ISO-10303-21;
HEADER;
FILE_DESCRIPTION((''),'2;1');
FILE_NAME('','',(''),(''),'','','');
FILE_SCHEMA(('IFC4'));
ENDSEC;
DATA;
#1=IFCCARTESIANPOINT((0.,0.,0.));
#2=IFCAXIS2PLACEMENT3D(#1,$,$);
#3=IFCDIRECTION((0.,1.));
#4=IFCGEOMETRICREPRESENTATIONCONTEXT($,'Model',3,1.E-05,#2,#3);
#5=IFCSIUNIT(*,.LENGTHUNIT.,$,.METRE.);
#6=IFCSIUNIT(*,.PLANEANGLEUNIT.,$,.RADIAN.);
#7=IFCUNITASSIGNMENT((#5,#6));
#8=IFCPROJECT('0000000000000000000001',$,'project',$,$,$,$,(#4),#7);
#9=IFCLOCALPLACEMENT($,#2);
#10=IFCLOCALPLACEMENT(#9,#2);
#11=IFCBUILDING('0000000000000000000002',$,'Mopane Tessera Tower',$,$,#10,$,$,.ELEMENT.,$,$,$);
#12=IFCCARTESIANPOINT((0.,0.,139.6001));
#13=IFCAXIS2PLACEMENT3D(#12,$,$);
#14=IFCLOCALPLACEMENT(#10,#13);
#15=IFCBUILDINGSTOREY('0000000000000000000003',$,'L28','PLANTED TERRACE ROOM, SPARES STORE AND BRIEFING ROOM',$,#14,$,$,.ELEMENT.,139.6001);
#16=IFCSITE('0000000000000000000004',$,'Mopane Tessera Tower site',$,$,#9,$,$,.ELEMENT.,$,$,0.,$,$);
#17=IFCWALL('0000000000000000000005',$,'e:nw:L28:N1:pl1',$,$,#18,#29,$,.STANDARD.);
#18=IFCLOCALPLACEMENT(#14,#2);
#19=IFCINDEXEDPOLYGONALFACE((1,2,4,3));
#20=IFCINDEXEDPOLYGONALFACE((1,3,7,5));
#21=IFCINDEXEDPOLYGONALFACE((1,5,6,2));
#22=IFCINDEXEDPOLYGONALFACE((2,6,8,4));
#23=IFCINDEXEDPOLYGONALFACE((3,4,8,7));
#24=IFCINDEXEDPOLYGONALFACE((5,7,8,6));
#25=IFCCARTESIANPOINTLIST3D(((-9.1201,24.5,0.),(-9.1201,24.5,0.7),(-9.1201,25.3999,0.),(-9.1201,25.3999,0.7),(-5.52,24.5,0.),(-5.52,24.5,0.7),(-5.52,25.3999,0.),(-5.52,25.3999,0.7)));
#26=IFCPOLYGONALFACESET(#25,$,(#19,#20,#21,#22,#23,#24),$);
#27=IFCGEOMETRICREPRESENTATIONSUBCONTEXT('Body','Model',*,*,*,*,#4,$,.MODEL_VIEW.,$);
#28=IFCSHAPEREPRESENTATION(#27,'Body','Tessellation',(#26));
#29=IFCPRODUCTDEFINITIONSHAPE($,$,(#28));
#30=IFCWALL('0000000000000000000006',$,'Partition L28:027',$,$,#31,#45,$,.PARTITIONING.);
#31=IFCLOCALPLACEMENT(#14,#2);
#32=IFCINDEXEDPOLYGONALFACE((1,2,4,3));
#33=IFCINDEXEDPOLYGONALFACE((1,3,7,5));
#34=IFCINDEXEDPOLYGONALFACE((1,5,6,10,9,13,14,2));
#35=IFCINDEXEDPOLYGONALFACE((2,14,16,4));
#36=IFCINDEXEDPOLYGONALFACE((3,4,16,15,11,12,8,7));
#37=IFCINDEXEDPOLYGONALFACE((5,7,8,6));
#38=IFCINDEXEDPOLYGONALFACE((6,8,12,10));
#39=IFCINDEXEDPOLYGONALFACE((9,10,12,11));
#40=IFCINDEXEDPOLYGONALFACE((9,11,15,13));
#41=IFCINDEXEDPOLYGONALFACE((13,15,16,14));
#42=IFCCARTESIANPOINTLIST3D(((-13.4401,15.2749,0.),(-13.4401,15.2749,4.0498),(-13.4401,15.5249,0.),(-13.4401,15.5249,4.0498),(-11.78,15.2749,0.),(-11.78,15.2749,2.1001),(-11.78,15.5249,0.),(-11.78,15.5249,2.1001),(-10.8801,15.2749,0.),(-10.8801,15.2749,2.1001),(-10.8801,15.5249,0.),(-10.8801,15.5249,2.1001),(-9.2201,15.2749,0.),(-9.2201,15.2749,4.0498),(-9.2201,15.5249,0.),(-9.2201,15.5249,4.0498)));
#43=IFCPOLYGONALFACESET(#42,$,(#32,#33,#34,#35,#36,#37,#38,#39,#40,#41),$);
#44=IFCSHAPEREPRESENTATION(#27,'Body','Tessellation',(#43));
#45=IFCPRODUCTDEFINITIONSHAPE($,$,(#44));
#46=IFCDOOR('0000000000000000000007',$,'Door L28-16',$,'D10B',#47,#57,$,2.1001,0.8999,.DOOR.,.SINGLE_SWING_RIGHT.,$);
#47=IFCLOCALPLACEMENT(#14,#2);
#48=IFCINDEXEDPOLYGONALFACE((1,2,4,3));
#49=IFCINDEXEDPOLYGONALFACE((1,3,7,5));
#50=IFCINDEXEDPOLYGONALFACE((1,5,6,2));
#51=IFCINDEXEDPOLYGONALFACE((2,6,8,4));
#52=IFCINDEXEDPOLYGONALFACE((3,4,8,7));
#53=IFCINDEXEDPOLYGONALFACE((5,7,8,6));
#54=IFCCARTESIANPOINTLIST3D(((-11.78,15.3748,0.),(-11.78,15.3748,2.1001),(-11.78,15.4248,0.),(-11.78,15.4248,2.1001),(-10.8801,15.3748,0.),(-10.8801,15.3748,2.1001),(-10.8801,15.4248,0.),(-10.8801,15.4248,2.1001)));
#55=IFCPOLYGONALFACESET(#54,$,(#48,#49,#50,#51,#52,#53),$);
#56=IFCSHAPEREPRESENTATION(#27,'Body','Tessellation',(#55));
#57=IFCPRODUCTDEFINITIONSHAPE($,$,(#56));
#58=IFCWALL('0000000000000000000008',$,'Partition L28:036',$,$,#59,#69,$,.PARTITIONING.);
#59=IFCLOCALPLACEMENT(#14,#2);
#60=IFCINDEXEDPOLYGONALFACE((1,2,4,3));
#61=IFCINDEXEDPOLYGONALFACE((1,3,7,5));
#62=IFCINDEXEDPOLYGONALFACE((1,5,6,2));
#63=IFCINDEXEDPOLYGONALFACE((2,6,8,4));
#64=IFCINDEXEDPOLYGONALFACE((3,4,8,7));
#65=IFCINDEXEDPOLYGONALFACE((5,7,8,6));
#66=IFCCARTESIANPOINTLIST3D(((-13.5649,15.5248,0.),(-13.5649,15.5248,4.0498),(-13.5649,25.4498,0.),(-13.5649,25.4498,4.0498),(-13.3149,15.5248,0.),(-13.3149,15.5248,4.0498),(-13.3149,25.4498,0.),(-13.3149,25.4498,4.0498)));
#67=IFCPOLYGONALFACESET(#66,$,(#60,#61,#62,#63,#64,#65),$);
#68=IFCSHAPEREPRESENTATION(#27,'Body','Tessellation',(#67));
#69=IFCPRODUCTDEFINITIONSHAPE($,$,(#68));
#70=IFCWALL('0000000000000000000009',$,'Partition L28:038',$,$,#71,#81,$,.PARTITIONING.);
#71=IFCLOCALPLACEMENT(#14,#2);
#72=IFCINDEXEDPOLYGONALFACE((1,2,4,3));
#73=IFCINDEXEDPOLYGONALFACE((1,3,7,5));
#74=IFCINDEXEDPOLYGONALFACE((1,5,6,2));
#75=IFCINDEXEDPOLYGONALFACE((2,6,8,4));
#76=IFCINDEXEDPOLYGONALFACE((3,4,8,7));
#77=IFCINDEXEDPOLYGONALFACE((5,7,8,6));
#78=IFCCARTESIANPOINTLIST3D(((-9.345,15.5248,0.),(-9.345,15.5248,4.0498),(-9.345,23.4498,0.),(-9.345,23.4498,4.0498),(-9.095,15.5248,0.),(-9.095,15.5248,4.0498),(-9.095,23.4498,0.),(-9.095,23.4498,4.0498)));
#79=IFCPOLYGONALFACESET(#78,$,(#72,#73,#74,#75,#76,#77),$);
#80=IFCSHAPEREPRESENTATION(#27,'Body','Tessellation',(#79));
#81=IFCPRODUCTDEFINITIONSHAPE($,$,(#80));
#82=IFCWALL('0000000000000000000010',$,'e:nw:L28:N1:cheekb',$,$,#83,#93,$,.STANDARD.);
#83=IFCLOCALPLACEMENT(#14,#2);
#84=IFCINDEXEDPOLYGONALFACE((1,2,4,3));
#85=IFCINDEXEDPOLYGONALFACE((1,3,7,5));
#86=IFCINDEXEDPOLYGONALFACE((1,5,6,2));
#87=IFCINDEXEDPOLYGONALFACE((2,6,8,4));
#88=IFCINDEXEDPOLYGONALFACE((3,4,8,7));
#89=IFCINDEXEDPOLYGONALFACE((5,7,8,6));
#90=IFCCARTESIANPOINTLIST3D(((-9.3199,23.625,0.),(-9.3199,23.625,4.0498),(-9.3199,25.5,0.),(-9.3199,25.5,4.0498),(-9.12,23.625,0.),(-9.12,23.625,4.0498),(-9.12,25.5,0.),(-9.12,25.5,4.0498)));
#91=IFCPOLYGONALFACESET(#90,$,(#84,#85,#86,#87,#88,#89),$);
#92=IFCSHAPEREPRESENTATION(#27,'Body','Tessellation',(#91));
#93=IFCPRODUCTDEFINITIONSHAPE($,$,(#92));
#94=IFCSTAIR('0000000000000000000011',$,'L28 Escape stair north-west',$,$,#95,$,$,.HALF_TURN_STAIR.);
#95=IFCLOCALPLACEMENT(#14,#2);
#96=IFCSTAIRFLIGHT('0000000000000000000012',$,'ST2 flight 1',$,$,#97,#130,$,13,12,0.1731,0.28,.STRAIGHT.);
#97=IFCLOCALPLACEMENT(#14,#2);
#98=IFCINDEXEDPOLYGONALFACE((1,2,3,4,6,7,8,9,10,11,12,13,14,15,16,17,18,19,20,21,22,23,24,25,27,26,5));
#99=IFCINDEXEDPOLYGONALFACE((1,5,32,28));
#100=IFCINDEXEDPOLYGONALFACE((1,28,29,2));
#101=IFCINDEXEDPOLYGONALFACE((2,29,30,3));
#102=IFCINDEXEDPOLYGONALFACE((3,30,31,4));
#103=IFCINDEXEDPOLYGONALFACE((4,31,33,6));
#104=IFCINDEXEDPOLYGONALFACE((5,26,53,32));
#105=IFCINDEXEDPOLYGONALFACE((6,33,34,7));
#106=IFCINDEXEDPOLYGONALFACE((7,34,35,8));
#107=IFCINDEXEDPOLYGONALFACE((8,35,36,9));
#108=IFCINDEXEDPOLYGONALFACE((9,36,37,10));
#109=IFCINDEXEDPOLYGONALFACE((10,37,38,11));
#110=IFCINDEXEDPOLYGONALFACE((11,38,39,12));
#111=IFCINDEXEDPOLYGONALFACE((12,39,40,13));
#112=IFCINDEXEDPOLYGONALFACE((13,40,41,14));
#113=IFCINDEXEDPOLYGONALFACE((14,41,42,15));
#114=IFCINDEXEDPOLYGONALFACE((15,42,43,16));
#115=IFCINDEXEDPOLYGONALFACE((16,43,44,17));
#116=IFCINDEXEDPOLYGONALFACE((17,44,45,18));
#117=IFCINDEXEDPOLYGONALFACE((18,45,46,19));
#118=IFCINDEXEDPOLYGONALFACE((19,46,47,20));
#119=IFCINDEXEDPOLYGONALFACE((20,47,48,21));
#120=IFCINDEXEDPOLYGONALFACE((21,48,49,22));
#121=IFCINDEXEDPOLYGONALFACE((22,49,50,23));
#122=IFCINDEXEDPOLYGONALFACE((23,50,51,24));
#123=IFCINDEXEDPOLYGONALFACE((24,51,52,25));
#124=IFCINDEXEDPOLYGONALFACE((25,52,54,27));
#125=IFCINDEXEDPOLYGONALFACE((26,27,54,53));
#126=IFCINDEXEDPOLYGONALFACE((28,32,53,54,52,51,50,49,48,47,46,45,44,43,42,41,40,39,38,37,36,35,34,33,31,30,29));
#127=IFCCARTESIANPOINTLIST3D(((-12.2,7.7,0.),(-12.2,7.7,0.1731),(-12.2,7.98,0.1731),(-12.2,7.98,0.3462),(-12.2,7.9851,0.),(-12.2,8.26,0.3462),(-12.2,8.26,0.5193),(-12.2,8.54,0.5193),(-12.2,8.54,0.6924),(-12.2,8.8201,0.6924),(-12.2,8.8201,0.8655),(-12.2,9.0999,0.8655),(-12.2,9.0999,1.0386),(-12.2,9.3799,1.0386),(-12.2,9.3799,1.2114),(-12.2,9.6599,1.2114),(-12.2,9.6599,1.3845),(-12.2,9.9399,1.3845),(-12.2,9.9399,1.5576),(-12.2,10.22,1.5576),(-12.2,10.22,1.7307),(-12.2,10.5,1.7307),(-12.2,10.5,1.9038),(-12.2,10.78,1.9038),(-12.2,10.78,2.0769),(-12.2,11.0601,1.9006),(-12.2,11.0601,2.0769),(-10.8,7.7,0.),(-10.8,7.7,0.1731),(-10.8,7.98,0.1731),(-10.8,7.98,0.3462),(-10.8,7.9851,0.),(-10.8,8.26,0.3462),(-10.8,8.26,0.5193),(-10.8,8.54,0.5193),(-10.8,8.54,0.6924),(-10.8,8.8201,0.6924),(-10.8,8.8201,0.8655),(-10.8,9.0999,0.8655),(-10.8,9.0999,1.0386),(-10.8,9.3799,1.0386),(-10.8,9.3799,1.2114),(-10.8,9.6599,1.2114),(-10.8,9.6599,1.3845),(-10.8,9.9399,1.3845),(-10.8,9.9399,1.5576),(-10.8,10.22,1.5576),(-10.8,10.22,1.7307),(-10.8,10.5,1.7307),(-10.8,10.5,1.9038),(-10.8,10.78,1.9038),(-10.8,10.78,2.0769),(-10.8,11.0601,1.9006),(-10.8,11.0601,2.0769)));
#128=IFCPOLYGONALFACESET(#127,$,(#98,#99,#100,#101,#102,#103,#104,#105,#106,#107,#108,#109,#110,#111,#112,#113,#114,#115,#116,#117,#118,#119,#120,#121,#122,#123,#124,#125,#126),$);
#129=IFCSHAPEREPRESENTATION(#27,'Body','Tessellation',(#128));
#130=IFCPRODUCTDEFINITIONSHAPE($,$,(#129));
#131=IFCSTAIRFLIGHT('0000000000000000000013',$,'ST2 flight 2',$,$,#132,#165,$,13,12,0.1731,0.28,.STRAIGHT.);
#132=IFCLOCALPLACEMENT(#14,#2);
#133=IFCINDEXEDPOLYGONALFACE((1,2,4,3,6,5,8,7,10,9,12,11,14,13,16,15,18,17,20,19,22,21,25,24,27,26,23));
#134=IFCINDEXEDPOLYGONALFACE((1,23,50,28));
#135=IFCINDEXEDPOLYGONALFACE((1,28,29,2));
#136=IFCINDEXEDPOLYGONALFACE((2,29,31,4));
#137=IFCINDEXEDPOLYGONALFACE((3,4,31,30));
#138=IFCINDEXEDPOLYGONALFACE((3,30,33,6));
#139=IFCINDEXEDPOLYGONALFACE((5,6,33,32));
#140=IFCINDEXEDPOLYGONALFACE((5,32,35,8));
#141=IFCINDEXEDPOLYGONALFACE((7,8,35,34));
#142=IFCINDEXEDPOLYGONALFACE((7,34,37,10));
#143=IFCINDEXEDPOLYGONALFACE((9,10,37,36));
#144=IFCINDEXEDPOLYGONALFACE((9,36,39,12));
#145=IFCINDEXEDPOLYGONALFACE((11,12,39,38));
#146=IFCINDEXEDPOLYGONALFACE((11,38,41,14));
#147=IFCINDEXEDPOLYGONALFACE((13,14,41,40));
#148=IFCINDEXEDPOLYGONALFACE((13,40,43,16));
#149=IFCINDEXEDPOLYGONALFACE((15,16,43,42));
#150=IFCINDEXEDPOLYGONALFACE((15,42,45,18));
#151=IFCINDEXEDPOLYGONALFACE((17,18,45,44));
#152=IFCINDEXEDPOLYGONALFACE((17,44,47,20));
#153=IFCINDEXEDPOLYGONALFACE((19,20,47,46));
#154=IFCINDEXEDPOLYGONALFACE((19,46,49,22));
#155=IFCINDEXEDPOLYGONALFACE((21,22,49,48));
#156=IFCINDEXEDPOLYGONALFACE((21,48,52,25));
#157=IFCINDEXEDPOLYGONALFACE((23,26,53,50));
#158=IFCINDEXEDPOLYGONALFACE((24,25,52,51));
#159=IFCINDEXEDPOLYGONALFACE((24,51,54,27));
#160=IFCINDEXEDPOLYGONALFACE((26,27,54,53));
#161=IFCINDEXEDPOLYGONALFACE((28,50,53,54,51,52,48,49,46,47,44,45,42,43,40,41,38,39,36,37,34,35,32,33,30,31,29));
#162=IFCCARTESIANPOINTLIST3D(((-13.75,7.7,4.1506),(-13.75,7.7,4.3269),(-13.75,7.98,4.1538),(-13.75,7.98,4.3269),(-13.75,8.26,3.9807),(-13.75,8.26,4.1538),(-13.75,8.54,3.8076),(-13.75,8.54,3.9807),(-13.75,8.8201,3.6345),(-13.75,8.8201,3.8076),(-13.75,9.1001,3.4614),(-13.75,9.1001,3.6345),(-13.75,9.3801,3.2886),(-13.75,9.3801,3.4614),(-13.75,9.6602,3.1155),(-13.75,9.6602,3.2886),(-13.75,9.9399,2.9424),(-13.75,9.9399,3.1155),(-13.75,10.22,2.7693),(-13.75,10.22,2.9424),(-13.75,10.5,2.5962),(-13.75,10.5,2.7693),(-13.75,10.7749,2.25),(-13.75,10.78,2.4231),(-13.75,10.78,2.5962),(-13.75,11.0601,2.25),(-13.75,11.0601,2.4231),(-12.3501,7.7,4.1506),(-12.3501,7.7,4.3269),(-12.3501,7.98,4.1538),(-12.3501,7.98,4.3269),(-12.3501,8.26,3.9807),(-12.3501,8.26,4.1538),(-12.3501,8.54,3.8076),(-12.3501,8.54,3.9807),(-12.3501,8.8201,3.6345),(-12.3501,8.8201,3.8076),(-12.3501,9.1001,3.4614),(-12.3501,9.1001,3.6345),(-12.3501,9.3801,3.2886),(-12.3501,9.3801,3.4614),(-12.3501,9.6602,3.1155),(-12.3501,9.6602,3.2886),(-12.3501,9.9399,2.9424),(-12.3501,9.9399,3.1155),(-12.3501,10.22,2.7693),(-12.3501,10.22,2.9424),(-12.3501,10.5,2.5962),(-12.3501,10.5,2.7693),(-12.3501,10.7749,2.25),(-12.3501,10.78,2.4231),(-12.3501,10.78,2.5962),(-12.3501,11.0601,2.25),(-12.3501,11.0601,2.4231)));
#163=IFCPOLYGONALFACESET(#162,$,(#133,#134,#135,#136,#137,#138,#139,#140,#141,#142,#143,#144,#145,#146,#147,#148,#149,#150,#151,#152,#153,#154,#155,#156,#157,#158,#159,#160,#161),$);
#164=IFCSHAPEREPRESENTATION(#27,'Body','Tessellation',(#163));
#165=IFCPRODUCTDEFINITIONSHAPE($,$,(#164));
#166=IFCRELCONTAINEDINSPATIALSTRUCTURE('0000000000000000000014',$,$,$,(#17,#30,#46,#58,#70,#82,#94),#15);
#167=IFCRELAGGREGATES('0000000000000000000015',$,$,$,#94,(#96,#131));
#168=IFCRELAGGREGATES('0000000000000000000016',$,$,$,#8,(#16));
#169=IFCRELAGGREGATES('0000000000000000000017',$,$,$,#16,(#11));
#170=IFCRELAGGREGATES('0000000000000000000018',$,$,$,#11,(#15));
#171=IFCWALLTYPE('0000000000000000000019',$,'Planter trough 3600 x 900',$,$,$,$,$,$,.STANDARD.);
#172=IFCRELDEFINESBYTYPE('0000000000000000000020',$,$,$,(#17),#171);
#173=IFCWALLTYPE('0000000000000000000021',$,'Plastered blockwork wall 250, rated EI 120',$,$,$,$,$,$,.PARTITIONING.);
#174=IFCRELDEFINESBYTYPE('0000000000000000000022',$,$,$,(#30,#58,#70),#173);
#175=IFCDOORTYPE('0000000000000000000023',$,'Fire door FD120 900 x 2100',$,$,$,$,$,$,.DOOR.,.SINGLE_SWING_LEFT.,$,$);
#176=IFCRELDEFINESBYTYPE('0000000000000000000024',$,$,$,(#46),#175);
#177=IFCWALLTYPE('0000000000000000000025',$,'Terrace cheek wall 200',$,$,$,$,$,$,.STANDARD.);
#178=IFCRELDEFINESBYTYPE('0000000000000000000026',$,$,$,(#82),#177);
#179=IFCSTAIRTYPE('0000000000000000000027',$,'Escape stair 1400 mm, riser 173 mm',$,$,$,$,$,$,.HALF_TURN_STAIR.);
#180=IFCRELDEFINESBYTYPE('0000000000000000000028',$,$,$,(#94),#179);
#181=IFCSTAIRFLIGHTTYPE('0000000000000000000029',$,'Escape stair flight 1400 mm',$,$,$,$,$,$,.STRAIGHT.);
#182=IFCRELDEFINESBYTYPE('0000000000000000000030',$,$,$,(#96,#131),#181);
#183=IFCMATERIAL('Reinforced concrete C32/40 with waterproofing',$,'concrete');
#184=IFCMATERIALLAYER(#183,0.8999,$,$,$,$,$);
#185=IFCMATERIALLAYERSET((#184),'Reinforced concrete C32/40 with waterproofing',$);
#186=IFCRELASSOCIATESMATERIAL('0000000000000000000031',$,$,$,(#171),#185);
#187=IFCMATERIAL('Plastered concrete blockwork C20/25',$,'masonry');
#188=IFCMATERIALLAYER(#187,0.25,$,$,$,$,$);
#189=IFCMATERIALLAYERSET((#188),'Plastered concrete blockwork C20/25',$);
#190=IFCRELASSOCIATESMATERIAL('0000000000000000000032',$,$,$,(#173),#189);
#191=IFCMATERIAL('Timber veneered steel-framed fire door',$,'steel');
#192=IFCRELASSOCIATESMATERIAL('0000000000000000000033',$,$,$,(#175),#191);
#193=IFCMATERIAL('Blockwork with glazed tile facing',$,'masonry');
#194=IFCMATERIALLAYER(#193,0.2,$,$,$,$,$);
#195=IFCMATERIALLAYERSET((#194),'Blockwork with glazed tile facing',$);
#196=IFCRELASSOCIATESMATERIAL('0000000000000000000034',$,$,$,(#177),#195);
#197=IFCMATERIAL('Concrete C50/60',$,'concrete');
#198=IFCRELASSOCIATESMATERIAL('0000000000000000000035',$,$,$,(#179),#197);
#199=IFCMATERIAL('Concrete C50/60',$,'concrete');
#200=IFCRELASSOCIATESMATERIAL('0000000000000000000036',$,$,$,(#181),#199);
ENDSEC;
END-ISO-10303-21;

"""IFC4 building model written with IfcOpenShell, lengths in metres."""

from ifc_helpers import new_model, si_unit, direction, frame, frame_2d, origin, place, context, subcontext, project, spatial, polyline, rectangle, outline, extrude, material, layer, layer_set, type_object, element, fill, aggregate, save


model = new_model("IFC4")

# Units and contexts
model_context = context("Model", 3, precision=1e-05, world=origin(), true_north=direction((0.0, 1.0)))
body_context = subcontext(model_context, "Body", "Model", "MODEL_VIEW")
ifc_project = project(units=[si_unit("LENGTHUNIT", "METRE"), si_unit("PLANEANGLEUNIT", "RADIAN")], contexts=[model_context])

# Site, building, storey
site_placement = place(None, origin())
site = spatial("IfcSite", under=ifc_project, at=site_placement, Name="Mopane Tessera Tower site", CompositionType="ELEMENT", RefElevation=0.0)
building_placement = place(site_placement, origin())
building = spatial("IfcBuilding", under=site, at=building_placement, Name="Mopane Tessera Tower", CompositionType="ELEMENT")
storey_placement = place(building_placement, frame((0.0, 0.0, 139.6001)))
storey = spatial("IfcBuildingStorey", under=building, at=storey_placement, Name="L28", Description="PLANTED TERRACE ROOM, SPARES STORE AND BRIEFING ROOM", CompositionType="ELEMENT", Elevation=139.6001)

# Wall
ifc_material_1 = material(Name="Reinforced concrete C32/40 with waterproofing", Category="concrete")
ifc_layer_1 = layer(ifc_material_1, 0.8999)
ifc_layer_set_1 = layer_set([ifc_layer_1], Name="Reinforced concrete C32/40 with waterproofing")
wall_type_1 = type_object("IfcWallType", Name="Planter trough 3600 x 900", PredefinedType="STANDARD", material=ifc_layer_set_1)
wall_1_placement = place(storey_placement, frame((-5.52, 24.95, 0.0), z_axis=(0.0, 0.0, 1.0), x_axis=(-1.0, 0.0, 0.0)))
element("IfcWall", 1, at=wall_1_placement, inside=storey, type_object=wall_type_1, Name="e:nw:L28:N1:pl1", PredefinedType="STANDARD", context=body_context, shape_type="SweptSolid", body=[
    extrude(rectangle(XDim=3.6001, YDim=0.8999, at=frame_2d((1.8, 0.0))), origin(), (0.0, 0.0, 1.0), 0.7),
])

# Wall, opening, door
ifc_material_2 = material(Name="Plastered concrete blockwork C20/25", Category="masonry")
ifc_layer_2 = layer(ifc_material_2, 0.25)
ifc_layer_set_2 = layer_set([ifc_layer_2], Name="Plastered concrete blockwork C20/25")
wall_type_2 = type_object("IfcWallType", Name="Plastered blockwork wall 250, rated EI 120", PredefinedType="PARTITIONING", material=ifc_layer_set_2)
wall_2_placement = place(storey_placement, frame((-13.4399, 15.3999, 0.0), z_axis=(0.0, 0.0, 1.0), x_axis=(1.0, 0.0, 0.0)))
wall_2 = element("IfcWall", 2, at=wall_2_placement, inside=storey, type_object=wall_type_2, Name="Partition L28:027", PredefinedType="PARTITIONING", context=body_context, shape_type="SweptSolid", body=[
    extrude(rectangle(XDim=4.22, YDim=0.25, at=frame_2d((2.1099, 0.0))), origin(), (0.0, 0.0, 1.0), 4.0498),
])
opening_1_placement = place(wall_2_placement, frame((1.6599, 0.0, 0.0)))
opening_1 = element("IfcOpeningElement", 3, at=opening_1_placement, cuts=wall_2, PredefinedType="OPENING", context=body_context, shape_type="SweptSolid", body=[
    extrude(rectangle(XDim=0.8999, YDim=2.1001, at=frame_2d((0.45, 1.05))), frame((0.0, 0.137, 0.0), z_axis=(0.0, -1.0, 0.0), x_axis=(1.0, 0.0, 0.0)), (0.0, 0.0, 1.0), 0.2739),
])
ifc_material_3 = material(Name="Timber veneered steel-framed fire door", Category="steel")
door_type_1 = type_object("IfcDoorType", Name="Fire door FD120 900 x 2100", OperationType="SINGLE_SWING_LEFT", PredefinedType="DOOR", material=ifc_material_3)
door_1_placement = place(opening_1_placement, origin())
door_1 = element("IfcDoor", 4, at=door_1_placement, inside=storey, type_object=door_type_1, Name="Door L28-16", ObjectType="D10B", OperationType="SINGLE_SWING_RIGHT", OverallHeight=2.1001, OverallWidth=0.8999, PredefinedType="DOOR", context=body_context, shape_type="SweptSolid", body=[
    extrude(rectangle(XDim=0.8999, YDim=2.1001, at=frame_2d((0.45, 1.05))), frame((0.0, 0.0249, 0.0), z_axis=(0.0, -1.0, 0.0), x_axis=(1.0, 0.0, 0.0)), (0.0, 0.0, 1.0), 0.05),
])
fill(opening_1, door_1)

# Walls
wall_3_placement = place(storey_placement, frame((-13.4399, 15.5249, 0.0), z_axis=(0.0, 0.0, 1.0), x_axis=(0.0, 1.0, 0.0)))
element("IfcWall", 5, at=wall_3_placement, inside=storey, type_object=wall_type_2, Name="Partition L28:036", PredefinedType="PARTITIONING", context=body_context, shape_type="SweptSolid", body=[
    extrude(rectangle(XDim=9.925, YDim=0.25, at=frame_2d((4.9624, 0.0))), origin(), (0.0, 0.0, 1.0), 4.0498),
])
wall_4_placement = place(storey_placement, frame((-9.22, 15.5249, 0.0), z_axis=(0.0, 0.0, 1.0), x_axis=(0.0, 1.0, 0.0)))
element("IfcWall", 6, at=wall_4_placement, inside=storey, type_object=wall_type_2, Name="Partition L28:038", PredefinedType="PARTITIONING", context=body_context, shape_type="SweptSolid", body=[
    extrude(rectangle(XDim=7.925, YDim=0.25, at=frame_2d((3.9624, 0.0))), origin(), (0.0, 0.0, 1.0), 4.0498),
])
ifc_material_4 = material(Name="Blockwork with glazed tile facing", Category="masonry")
ifc_layer_3 = layer(ifc_material_4, 0.2)
ifc_layer_set_3 = layer_set([ifc_layer_3], Name="Blockwork with glazed tile facing")
wall_type_3 = type_object("IfcWallType", Name="Terrace cheek wall 200", PredefinedType="STANDARD", material=ifc_layer_set_3)
wall_5_placement = place(storey_placement, frame((-9.22, 25.5, 0.0), z_axis=(0.0, 0.0, 1.0), x_axis=(0.0, -1.0, 0.0)))
element("IfcWall", 7, at=wall_5_placement, inside=storey, type_object=wall_type_3, Name="e:nw:L28:N1:cheekb", PredefinedType="STANDARD", context=body_context, shape_type="SweptSolid", body=[
    extrude(rectangle(XDim=1.875, YDim=0.2, at=frame_2d((0.9375, 0.0))), origin(), (0.0, 0.0, 1.0), 4.0498),
])

# Stair, stair flights
ifc_material_5 = material(Name="Concrete C50/60", Category="concrete")
stair_type = type_object("IfcStairType", Name="Escape stair 1400 mm, riser 173 mm", PredefinedType="HALF_TURN_STAIR", material=ifc_material_5)
stair_placement = place(storey_placement, origin())
stair = element("IfcStair", 8, at=stair_placement, inside=storey, type_object=stair_type, Name="L28 Escape stair north-west", PredefinedType="HALF_TURN_STAIR")
ifc_material_6 = material(Name="Concrete C50/60", Category="concrete")
stair_flight_type = type_object("IfcStairFlightType", Name="Escape stair flight 1400 mm", PredefinedType="STRAIGHT", material=ifc_material_6)
stair_flight_1_placement = place(storey_placement, frame((-11.5, 7.7, 0.0), z_axis=(0.0, 0.0, 1.0), x_axis=(0.0, 1.0, 0.0)))
stair_flight_1 = element("IfcStairFlight", 9, at=stair_flight_1_placement, type_object=stair_flight_type, Name="ST2 flight 1", NumberOfRisers=13, NumberOfTreads=12, PredefinedType="STRAIGHT", RiserHeight=0.1731, TreadLength=0.28, context=body_context, shape_type="SweptSolid", body=[
    extrude(outline(polyline([(0.0, 0.0), (0.0, 0.1731), (0.28, 0.1731), (0.28, 0.3462), (0.5601, 0.3462), (0.5601, 0.5193), (0.8401, 0.5193), (0.8401, 0.6924), (1.1201, 0.6924), (1.1201, 0.8655), (1.3999, 0.8655), (1.3999, 1.0386), (1.6799, 1.0386), (1.6799, 1.2114), (1.96, 1.2114), (1.96, 1.3845), (2.24, 1.3845), (2.24, 1.5576), (2.52, 1.5576), (2.52, 1.7307), (2.8, 1.7307), (2.8, 1.9038), (3.0801, 1.9038), (3.0801, 2.0769), (3.3601, 2.0769), (3.3601, 2.25), (3.3601, 1.9006), (0.2852, 0.0), (0.0, 0.0)])), frame((0.0, 0.7, 0.0), z_axis=(0.0, -1.0, 0.0), x_axis=(1.0, 0.0, 0.0)), (0.0, 0.0, 1.0), 1.3999),
])
stair_flight_2_placement = place(storey_placement, frame((-13.05, 11.0601, 2.25), z_axis=(0.0, 0.0, 1.0), x_axis=(0.0, -1.0, 0.0)))
stair_flight_2 = element("IfcStairFlight", 10, at=stair_flight_2_placement, type_object=stair_flight_type, Name="ST2 flight 2", NumberOfRisers=13, NumberOfTreads=12, PredefinedType="STRAIGHT", RiserHeight=0.1731, TreadLength=0.28, context=body_context, shape_type="SweptSolid", body=[
    extrude(outline(polyline([(0.0, 0.0), (0.0, 0.1731), (0.28, 0.1731), (0.28, 0.3462), (0.5601, 0.3462), (0.5601, 0.5193), (0.8401, 0.5193), (0.8401, 0.6924), (1.1201, 0.6924), (1.1201, 0.8655), (1.3999, 0.8655), (1.3999, 1.0386), (1.6799, 1.0386), (1.6799, 1.2114), (1.96, 1.2114), (1.96, 1.3845), (2.24, 1.3845), (2.24, 1.5576), (2.52, 1.5576), (2.52, 1.7307), (2.8, 1.7307), (2.8, 1.9038), (3.0801, 1.9038), (3.0801, 2.0769), (3.3601, 2.0769), (3.3601, 2.25), (3.3601, 1.9006), (0.2852, 0.0), (0.0, 0.0)])), frame((0.0, 0.7, 0.0), z_axis=(0.0, -1.0, 0.0), x_axis=(1.0, 0.0, 0.0)), (0.0, 0.0, 1.0), 1.3999),
])
aggregate(stair, [stair_flight_1, stair_flight_2])

save(model, "model.ifc")
